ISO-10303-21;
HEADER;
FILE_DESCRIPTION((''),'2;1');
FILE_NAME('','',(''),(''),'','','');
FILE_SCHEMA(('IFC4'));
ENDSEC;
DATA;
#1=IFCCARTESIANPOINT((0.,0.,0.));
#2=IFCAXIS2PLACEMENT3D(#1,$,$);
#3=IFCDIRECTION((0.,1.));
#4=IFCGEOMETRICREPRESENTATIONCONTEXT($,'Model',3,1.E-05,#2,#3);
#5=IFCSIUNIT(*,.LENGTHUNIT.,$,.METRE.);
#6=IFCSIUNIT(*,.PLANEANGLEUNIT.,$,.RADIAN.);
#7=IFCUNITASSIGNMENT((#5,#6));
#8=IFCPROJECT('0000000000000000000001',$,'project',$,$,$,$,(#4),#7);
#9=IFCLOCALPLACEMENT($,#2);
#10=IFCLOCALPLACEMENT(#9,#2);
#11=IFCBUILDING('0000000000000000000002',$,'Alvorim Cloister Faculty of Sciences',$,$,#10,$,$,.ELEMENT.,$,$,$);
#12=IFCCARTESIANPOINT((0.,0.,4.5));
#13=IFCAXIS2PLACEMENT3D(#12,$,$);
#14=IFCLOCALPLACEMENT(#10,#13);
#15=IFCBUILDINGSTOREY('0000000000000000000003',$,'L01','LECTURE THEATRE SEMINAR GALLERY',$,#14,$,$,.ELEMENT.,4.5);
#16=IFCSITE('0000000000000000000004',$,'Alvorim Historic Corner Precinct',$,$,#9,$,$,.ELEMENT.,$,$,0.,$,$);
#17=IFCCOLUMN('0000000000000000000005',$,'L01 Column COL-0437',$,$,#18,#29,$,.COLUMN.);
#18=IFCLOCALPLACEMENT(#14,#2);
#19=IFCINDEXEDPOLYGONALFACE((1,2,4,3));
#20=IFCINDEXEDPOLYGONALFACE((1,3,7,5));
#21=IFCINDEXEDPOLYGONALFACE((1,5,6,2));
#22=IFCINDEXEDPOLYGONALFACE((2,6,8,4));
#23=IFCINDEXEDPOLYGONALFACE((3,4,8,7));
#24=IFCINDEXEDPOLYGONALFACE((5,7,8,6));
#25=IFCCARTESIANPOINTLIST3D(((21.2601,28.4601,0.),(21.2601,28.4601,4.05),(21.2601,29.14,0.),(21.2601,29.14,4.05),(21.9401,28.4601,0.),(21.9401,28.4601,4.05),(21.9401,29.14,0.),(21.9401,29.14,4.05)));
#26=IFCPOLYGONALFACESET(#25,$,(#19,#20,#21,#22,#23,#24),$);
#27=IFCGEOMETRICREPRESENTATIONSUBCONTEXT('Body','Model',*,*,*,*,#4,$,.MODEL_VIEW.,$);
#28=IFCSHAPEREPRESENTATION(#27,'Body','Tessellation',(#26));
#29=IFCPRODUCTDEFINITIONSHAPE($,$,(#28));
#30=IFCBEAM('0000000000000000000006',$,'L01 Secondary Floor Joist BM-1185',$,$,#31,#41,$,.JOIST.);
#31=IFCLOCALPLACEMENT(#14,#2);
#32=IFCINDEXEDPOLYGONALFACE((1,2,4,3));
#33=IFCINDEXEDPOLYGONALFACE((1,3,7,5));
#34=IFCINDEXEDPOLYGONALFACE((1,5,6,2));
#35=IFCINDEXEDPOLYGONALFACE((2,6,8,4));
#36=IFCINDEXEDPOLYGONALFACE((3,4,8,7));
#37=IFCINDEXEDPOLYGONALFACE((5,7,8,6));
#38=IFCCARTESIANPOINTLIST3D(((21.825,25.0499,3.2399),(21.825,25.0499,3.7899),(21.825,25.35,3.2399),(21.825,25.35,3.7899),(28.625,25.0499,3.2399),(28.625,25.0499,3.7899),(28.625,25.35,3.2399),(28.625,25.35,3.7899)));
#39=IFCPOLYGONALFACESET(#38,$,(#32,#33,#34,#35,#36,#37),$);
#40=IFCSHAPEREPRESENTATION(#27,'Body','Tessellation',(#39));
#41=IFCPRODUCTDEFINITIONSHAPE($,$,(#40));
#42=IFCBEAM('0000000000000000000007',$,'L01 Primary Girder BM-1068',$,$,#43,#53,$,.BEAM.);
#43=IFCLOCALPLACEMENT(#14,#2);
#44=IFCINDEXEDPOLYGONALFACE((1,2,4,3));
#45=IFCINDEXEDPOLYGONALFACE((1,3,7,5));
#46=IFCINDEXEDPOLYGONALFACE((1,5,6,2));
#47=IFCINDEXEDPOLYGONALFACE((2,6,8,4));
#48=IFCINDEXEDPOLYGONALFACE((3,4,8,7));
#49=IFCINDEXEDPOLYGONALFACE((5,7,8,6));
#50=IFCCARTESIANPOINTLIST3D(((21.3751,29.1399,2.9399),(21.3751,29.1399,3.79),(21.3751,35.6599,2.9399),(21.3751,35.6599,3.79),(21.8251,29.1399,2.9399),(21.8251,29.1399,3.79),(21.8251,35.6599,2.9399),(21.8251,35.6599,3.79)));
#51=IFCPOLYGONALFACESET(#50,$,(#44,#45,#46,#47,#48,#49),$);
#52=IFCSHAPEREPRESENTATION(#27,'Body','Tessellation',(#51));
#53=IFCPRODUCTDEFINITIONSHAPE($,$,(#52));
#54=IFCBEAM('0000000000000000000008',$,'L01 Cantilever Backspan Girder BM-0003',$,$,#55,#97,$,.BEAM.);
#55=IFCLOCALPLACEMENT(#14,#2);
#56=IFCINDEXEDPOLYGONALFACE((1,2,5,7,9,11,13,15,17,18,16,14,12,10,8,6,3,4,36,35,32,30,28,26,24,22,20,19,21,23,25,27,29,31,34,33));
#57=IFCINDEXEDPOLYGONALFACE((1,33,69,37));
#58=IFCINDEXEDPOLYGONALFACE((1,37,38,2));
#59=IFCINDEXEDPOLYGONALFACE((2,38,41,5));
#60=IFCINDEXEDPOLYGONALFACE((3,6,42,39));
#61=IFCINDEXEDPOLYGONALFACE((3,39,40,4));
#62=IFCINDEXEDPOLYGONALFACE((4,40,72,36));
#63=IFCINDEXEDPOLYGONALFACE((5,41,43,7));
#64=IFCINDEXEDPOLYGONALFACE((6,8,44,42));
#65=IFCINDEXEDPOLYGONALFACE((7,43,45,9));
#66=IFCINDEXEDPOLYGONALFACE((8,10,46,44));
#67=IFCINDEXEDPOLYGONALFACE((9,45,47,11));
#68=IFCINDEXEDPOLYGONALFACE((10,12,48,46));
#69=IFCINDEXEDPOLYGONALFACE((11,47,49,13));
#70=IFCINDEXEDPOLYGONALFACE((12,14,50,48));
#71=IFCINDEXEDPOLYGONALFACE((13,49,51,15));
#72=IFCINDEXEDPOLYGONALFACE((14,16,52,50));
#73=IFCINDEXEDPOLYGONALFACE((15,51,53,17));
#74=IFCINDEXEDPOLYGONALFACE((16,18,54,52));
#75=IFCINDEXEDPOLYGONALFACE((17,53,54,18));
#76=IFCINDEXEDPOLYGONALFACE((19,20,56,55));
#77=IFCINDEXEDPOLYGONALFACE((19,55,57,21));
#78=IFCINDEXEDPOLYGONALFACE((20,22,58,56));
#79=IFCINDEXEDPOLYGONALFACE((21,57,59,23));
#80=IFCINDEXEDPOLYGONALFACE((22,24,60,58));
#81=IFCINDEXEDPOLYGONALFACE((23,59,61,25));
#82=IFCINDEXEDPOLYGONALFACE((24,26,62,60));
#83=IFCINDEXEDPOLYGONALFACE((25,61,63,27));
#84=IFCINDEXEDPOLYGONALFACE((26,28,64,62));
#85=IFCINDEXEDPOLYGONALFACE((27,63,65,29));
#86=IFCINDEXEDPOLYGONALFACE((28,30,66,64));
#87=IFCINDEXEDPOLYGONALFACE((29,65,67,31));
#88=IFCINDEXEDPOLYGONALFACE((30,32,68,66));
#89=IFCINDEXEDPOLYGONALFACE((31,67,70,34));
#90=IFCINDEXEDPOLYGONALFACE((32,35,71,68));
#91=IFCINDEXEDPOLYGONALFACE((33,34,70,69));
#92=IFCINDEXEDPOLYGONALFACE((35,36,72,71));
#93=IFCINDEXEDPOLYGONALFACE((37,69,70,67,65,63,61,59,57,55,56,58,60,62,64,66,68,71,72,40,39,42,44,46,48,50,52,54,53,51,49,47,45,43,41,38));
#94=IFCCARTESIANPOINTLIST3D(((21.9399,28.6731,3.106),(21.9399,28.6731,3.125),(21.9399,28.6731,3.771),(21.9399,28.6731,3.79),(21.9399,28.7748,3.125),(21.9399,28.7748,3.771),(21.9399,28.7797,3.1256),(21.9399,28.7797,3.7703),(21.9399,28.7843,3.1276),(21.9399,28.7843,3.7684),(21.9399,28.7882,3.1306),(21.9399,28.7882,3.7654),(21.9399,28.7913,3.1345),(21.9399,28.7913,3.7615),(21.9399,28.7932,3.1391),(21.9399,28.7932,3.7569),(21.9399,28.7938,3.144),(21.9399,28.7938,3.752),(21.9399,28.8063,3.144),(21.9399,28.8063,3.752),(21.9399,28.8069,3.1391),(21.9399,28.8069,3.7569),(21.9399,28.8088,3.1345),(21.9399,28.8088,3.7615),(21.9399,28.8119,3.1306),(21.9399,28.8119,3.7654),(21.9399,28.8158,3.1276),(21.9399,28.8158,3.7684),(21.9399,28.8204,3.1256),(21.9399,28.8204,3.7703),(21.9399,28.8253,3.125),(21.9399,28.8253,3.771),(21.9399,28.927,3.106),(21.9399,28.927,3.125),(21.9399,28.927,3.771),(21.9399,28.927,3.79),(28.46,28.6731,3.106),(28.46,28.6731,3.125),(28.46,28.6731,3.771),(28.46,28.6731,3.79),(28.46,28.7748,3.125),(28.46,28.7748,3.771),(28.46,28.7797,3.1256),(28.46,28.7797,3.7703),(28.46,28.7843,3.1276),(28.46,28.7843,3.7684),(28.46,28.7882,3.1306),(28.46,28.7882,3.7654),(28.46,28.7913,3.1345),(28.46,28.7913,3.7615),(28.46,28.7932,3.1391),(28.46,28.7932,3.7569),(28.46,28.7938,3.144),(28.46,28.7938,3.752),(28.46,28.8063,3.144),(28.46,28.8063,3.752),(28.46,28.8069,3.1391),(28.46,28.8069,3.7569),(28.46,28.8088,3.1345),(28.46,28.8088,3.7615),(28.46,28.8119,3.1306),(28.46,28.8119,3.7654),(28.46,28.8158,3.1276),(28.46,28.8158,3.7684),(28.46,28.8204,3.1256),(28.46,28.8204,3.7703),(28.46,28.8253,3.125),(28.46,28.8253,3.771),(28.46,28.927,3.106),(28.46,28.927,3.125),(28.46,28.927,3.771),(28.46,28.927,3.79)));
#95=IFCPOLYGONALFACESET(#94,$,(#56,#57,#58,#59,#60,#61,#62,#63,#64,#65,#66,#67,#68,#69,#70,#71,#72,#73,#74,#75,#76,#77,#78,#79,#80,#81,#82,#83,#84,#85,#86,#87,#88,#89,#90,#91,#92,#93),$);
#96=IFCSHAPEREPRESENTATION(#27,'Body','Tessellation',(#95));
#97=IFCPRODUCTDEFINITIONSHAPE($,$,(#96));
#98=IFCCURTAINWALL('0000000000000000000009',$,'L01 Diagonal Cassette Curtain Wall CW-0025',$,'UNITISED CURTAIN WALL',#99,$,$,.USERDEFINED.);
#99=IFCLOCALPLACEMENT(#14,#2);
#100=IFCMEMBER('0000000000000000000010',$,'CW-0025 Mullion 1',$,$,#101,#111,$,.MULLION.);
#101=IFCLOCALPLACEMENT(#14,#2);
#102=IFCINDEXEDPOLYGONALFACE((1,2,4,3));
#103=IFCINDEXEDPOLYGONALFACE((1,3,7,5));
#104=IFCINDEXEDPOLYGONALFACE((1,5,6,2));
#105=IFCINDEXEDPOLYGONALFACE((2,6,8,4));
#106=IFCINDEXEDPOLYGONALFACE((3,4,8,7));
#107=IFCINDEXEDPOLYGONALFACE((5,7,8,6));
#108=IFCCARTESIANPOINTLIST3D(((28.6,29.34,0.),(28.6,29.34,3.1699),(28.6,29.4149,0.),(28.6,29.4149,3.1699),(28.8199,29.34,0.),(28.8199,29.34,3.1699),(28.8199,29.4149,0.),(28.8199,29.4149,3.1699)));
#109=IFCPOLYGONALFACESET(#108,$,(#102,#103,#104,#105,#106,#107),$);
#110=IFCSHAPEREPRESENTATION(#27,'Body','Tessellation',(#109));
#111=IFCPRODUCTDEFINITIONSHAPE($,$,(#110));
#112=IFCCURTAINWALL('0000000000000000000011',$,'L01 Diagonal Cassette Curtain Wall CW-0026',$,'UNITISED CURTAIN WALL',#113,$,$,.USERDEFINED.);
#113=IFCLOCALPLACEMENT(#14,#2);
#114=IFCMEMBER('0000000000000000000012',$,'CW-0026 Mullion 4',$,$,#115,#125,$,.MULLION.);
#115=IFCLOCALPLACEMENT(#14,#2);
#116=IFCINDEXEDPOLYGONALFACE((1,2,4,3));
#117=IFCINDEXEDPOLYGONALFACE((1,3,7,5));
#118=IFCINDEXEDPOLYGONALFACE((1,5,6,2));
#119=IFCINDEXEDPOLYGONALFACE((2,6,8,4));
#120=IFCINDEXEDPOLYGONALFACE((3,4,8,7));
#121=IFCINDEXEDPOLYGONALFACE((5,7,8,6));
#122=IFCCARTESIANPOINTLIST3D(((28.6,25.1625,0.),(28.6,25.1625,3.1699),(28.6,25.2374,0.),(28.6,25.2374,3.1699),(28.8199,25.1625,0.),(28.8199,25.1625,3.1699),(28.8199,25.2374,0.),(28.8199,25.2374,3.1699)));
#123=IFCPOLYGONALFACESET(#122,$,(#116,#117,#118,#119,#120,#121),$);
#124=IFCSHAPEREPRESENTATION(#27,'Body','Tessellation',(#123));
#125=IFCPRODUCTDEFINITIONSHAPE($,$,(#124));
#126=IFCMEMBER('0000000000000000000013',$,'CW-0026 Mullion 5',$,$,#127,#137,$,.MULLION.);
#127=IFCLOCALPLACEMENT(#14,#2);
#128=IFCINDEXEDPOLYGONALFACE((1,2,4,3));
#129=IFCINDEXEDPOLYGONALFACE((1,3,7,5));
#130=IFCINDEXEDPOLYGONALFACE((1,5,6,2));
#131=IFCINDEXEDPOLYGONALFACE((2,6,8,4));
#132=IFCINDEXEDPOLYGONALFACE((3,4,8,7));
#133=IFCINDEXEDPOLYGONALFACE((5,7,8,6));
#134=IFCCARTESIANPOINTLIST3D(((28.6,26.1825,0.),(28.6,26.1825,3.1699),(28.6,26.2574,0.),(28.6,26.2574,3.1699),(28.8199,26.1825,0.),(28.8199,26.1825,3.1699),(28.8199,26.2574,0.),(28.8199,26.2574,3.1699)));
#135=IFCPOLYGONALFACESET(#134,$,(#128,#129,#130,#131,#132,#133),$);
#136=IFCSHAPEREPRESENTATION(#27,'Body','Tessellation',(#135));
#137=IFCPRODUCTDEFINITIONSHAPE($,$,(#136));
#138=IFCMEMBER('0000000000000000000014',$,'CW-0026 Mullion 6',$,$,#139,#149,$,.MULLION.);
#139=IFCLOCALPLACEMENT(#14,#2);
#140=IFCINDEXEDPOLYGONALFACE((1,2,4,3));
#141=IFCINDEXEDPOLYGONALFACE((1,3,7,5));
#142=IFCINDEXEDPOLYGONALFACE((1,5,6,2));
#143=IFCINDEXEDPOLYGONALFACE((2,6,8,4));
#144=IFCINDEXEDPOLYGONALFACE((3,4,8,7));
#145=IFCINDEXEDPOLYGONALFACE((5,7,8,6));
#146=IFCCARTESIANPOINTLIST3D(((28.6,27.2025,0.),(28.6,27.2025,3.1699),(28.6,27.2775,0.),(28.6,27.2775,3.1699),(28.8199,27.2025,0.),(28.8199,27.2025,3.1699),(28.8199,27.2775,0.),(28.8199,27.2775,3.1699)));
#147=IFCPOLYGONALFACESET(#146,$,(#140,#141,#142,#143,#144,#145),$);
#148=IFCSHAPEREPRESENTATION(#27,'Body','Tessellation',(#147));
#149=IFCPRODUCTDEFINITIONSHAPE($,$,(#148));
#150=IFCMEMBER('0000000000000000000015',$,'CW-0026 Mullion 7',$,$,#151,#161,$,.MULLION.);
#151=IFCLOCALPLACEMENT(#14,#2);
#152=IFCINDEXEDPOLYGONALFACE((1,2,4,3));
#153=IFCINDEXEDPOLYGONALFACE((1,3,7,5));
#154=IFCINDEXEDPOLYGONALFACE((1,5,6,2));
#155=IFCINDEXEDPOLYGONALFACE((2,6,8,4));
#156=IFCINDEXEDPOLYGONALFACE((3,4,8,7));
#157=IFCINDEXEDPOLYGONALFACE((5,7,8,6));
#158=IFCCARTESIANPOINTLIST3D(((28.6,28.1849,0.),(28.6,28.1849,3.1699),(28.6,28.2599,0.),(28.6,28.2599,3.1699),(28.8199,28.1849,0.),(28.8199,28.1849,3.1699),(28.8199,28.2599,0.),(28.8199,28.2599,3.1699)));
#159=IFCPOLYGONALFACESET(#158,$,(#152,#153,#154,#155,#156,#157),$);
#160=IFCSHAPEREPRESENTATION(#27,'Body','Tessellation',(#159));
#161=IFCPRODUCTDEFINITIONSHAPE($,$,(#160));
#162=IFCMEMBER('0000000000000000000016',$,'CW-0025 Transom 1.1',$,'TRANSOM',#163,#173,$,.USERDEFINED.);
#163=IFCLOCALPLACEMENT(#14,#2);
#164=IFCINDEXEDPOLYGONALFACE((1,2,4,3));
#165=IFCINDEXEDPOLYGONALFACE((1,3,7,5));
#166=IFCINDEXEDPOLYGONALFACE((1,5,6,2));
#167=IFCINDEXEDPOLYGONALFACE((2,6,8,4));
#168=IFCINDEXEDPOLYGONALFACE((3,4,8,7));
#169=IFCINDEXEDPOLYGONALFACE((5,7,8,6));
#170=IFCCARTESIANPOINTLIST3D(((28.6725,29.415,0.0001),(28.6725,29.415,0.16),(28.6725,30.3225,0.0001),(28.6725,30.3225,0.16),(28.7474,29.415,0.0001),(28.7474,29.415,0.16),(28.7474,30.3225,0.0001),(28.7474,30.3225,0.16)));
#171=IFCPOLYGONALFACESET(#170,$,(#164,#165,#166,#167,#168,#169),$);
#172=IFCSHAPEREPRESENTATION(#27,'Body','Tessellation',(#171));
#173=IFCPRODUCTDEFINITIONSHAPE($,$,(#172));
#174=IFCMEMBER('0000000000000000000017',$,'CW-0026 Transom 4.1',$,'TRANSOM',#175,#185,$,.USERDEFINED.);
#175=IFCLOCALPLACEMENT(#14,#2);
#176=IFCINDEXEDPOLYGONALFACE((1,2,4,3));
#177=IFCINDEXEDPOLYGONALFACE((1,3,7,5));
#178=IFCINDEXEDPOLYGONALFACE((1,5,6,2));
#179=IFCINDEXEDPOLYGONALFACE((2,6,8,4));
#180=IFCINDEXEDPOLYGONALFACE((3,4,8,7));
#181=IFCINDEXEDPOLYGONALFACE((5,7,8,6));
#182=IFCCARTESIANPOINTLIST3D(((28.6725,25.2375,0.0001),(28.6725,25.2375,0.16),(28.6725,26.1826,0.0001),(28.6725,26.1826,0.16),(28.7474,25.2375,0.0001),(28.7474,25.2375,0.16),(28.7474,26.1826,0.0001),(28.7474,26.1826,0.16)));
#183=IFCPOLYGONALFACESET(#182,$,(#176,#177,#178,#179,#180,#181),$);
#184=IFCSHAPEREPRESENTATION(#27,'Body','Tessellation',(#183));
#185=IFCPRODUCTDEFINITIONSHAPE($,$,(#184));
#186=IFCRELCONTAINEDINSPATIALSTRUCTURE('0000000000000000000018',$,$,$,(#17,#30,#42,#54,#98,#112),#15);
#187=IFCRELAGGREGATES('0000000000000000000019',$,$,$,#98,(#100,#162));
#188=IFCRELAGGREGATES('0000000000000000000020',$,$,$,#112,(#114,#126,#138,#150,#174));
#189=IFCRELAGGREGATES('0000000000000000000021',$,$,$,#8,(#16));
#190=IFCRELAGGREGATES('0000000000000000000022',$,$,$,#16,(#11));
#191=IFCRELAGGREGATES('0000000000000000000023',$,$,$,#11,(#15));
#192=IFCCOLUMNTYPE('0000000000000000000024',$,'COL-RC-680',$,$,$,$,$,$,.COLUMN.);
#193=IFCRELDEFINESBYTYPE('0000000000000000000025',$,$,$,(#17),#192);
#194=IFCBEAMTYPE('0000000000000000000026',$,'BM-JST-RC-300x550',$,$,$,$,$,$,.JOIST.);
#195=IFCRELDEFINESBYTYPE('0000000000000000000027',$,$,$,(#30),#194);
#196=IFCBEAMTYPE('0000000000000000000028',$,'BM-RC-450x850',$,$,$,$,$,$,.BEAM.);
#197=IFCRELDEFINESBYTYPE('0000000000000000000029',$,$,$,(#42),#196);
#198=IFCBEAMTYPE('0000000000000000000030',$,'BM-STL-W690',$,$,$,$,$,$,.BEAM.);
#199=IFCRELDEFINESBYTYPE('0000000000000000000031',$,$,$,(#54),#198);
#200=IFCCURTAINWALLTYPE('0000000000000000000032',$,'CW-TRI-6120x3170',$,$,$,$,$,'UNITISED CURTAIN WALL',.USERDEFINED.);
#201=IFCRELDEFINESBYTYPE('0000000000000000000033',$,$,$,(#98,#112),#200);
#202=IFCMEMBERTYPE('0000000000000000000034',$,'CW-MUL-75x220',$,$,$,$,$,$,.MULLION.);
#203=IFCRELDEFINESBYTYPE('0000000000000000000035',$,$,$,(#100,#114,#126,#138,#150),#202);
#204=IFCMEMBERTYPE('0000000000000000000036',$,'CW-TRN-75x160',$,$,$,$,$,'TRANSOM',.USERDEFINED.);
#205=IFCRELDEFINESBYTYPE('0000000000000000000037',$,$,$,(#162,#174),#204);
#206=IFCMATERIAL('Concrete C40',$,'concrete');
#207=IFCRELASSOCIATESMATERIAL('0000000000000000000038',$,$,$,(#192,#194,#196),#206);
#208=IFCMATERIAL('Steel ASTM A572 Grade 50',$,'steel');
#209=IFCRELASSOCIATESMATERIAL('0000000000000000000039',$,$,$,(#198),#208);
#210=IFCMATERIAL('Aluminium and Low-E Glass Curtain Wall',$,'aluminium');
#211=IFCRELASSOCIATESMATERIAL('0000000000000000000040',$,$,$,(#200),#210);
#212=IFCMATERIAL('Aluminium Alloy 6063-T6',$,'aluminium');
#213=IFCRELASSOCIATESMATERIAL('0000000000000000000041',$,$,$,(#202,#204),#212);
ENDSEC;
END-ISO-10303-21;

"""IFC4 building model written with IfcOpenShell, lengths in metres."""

from ifc_helpers import new_model, si_unit, direction, frame, origin, origin_2d, place, context, subcontext, project, spatial, rectangle, i_section, extrude, material, material_profile, profile_set, type_object, element, aggregate, save


model = new_model("IFC4")

# Units and contexts
model_context = context("Model", 3, precision=1e-05, world=origin(), true_north=direction((0.0, 1.0)))
body_context = subcontext(model_context, "Body", "Model", "MODEL_VIEW")
ifc_project = project(units=[si_unit("LENGTHUNIT", "METRE"), si_unit("PLANEANGLEUNIT", "RADIAN")], contexts=[model_context])

# Site, building, storey
site_placement = place(None, origin())
site = spatial("IfcSite", under=ifc_project, at=site_placement, Name="Alvorim Historic Corner Precinct", CompositionType="ELEMENT", RefElevation=0.0)
building_placement = place(site_placement, origin())
building = spatial("IfcBuilding", under=site, at=building_placement, Name="Alvorim Cloister Faculty of Sciences", CompositionType="ELEMENT")
storey_placement = place(building_placement, frame((0.0, 0.0, 4.5)))
storey = spatial("IfcBuildingStorey", under=building, at=storey_placement, Name="L01", Description="LECTURE THEATRE SEMINAR GALLERY", CompositionType="ELEMENT", Elevation=4.5)

# Column
ifc_material_1 = material(Name="Concrete C40", Category="concrete")
ifc_material_profile_1 = material_profile(ifc_material_1, rectangle(XDim=0.6799, YDim=0.6799, at=origin_2d()), Name="RC40-COL-680x680")
ifc_profile_set_1 = profile_set([ifc_material_profile_1], Name="Concrete C40")
column_type = type_object("IfcColumnType", Name="COL-RC-680", PredefinedType="COLUMN", material=ifc_profile_set_1)
column_placement = place(storey_placement, frame((21.6001, 28.8, 0.0), z_axis=(0.0, 0.0, 1.0), x_axis=(1.0, 0.0, 0.0)))
element("IfcColumn", 1, at=column_placement, inside=storey, type_object=column_type, Name="L01 Column COL-0437", PredefinedType="COLUMN", context=body_context, shape_type="SweptSolid", body=[
    extrude(rectangle(XDim=0.6799, YDim=0.6799, at=origin_2d()), origin(), (0.0, 0.0, 1.0), 4.05),
])

# Beams
ifc_material_profile_2 = material_profile(ifc_material_1, rectangle(XDim=0.3, YDim=0.55, at=origin_2d()), Name="RC40-JST-300x550")
ifc_profile_set_2 = profile_set([ifc_material_profile_2], Name="Concrete C40")
beam_type_1 = type_object("IfcBeamType", Name="BM-JST-RC-300x550", PredefinedType="JOIST", material=ifc_profile_set_2)
beam_1_placement = place(storey_placement, frame((21.825, 25.2, 3.5149), z_axis=(1.0, 0.0, 0.0), x_axis=(0.0, 1.0, 0.0)))
element("IfcBeam", 2, at=beam_1_placement, inside=storey, type_object=beam_type_1, Name="L01 Secondary Floor Joist BM-1185", PredefinedType="JOIST", context=body_context, shape_type="SweptSolid", body=[
    extrude(rectangle(XDim=0.3, YDim=0.55, at=origin_2d()), origin(), (0.0, 0.0, 1.0), 6.8),
])
ifc_material_profile_3 = material_profile(ifc_material_1, rectangle(XDim=0.45, YDim=0.8501, at=origin_2d()), Name="RC40-BM-450x850")
ifc_profile_set_3 = profile_set([ifc_material_profile_3], Name="Concrete C40")
beam_type_2 = type_object("IfcBeamType", Name="BM-RC-450x850", PredefinedType="BEAM", material=ifc_profile_set_3)
beam_2_placement = place(storey_placement, frame((21.6001, 29.1399, 3.365), z_axis=(0.0, 1.0, 0.0), x_axis=(-1.0, 0.0, 0.0)))
element("IfcBeam", 3, at=beam_2_placement, inside=storey, type_object=beam_type_2, Name="L01 Primary Girder BM-1068", PredefinedType="BEAM", context=body_context, shape_type="SweptSolid", body=[
    extrude(rectangle(XDim=0.45, YDim=0.8501, at=origin_2d()), origin(), (0.0, 0.0, 1.0), 6.52),
])
ifc_material_2 = material(Name="Steel ASTM A572 Grade 50", Category="steel")
ifc_material_profile_4 = material_profile(ifc_material_2, i_section(OverallWidth=0.2539, OverallDepth=0.6841, WebThickness=0.0125, FlangeThickness=0.019, FilletRadius=0.019, at=origin_2d()), Name="W690x140.0")
ifc_profile_set_4 = profile_set([ifc_material_profile_4], Name="Steel ASTM A572 Grade 50")
beam_type_3 = type_object("IfcBeamType", Name="BM-STL-W690", PredefinedType="BEAM", material=ifc_profile_set_4)
beam_3_placement = place(storey_placement, frame((21.9399, 28.8, 3.448), z_axis=(1.0, 0.0, 0.0), x_axis=(0.0, 1.0, 0.0)))
element("IfcBeam", 4, at=beam_3_placement, inside=storey, type_object=beam_type_3, Name="L01 Cantilever Backspan Girder BM-0003", PredefinedType="BEAM", context=body_context, shape_type="SweptSolid", body=[
    extrude(i_section(OverallWidth=0.2539, OverallDepth=0.6841, WebThickness=0.0125, FlangeThickness=0.019, FilletRadius=0.019, at=origin_2d()), origin(), (0.0, 0.0, 1.0), 6.52),
])

# Curtain wall, member
ifc_material_3 = material(Name="Aluminium and Low-E Glass Curtain Wall", Category="aluminium")
curtain_wall_type = type_object("IfcCurtainWallType", Name="CW-TRI-6120x3170", ElementType="UNITISED CURTAIN WALL", PredefinedType="USERDEFINED", material=ifc_material_3)
curtain_wall_1_placement = place(storey_placement, origin())
curtain_wall_1 = element("IfcCurtainWall", 5, at=curtain_wall_1_placement, inside=storey, type_object=curtain_wall_type, Name="L01 Diagonal Cassette Curtain Wall CW-0025", ObjectType="UNITISED CURTAIN WALL", PredefinedType="USERDEFINED")
ifc_material_4 = material(Name="Aluminium Alloy 6063-T6", Category="aluminium")
ifc_material_profile_5 = material_profile(ifc_material_4, rectangle(XDim=0.075, YDim=0.22, at=origin_2d()), Name="ALU-MUL-75x220")
ifc_profile_set_5 = profile_set([ifc_material_profile_5], Name="Aluminium Alloy 6063-T6")
member_type_1 = type_object("IfcMemberType", Name="CW-MUL-75x220", PredefinedType="MULLION", material=ifc_profile_set_5)
member_1_placement = place(storey_placement, frame((28.71, 29.3774, 0.0), z_axis=(0.0, 0.0, 1.0), x_axis=(0.0, 1.0, 0.0)))
member_1 = element("IfcMember", 6, at=member_1_placement, type_object=member_type_1, Name="CW-0025 Mullion 1", PredefinedType="MULLION", context=body_context, shape_type="SweptSolid", body=[
    extrude(rectangle(XDim=0.075, YDim=0.22, at=origin_2d()), origin(), (0.0, 0.0, 1.0), 3.1699),
])

# Curtain wall, members
curtain_wall_2_placement = place(storey_placement, origin())
curtain_wall_2 = element("IfcCurtainWall", 7, at=curtain_wall_2_placement, inside=storey, type_object=curtain_wall_type, Name="L01 Diagonal Cassette Curtain Wall CW-0026", ObjectType="UNITISED CURTAIN WALL", PredefinedType="USERDEFINED")
member_2_placement = place(storey_placement, frame((28.71, 25.2, 0.0), z_axis=(0.0, 0.0, 1.0), x_axis=(0.0, 1.0, 0.0)))
member_2 = element("IfcMember", 8, at=member_2_placement, type_object=member_type_1, Name="CW-0026 Mullion 4", PredefinedType="MULLION", context=body_context, shape_type="SweptSolid", body=[
    extrude(rectangle(XDim=0.075, YDim=0.22, at=origin_2d()), origin(), (0.0, 0.0, 1.0), 3.1699),
])
member_3_placement = place(storey_placement, frame((28.71, 26.22, 0.0), z_axis=(0.0, 0.0, 1.0), x_axis=(0.0, 1.0, 0.0)))
member_3 = element("IfcMember", 9, at=member_3_placement, type_object=member_type_1, Name="CW-0026 Mullion 5", PredefinedType="MULLION", context=body_context, shape_type="SweptSolid", body=[
    extrude(rectangle(XDim=0.075, YDim=0.22, at=origin_2d()), origin(), (0.0, 0.0, 1.0), 3.1699),
])
member_4_placement = place(storey_placement, frame((28.71, 27.24, 0.0), z_axis=(0.0, 0.0, 1.0), x_axis=(0.0, 1.0, 0.0)))
member_4 = element("IfcMember", 10, at=member_4_placement, type_object=member_type_1, Name="CW-0026 Mullion 6", PredefinedType="MULLION", context=body_context, shape_type="SweptSolid", body=[
    extrude(rectangle(XDim=0.075, YDim=0.22, at=origin_2d()), origin(), (0.0, 0.0, 1.0), 3.1699),
])
member_5_placement = place(storey_placement, frame((28.71, 28.2224, 0.0), z_axis=(0.0, 0.0, 1.0), x_axis=(0.0, 1.0, 0.0)))
member_5 = element("IfcMember", 11, at=member_5_placement, type_object=member_type_1, Name="CW-0026 Mullion 7", PredefinedType="MULLION", context=body_context, shape_type="SweptSolid", body=[
    extrude(rectangle(XDim=0.075, YDim=0.22, at=origin_2d()), origin(), (0.0, 0.0, 1.0), 3.1699),
])

# Members
ifc_material_profile_6 = material_profile(ifc_material_4, rectangle(XDim=0.075, YDim=0.1599, at=origin_2d()), Name="ALU-TRN-75x160")
ifc_profile_set_6 = profile_set([ifc_material_profile_6], Name="Aluminium Alloy 6063-T6")
member_type_2 = type_object("IfcMemberType", Name="CW-TRN-75x160", ElementType="TRANSOM", PredefinedType="USERDEFINED", material=ifc_profile_set_6)
member_6_placement = place(storey_placement, frame((28.71, 29.415, 0.0801), z_axis=(0.0, 1.0, 0.0), x_axis=(-1.0, 0.0, 0.0)))
member_6 = element("IfcMember", 12, at=member_6_placement, type_object=member_type_2, Name="CW-0025 Transom 1.1", ObjectType="TRANSOM", PredefinedType="USERDEFINED", context=body_context, shape_type="SweptSolid", body=[
    extrude(rectangle(XDim=0.075, YDim=0.1599, at=origin_2d()), origin(), (0.0, 0.0, 1.0), 0.9075),
])
aggregate(curtain_wall_1, [member_1, member_6])
member_7_placement = place(storey_placement, frame((28.71, 25.2375, 0.0801), z_axis=(0.0, 1.0, 0.0), x_axis=(-1.0, 0.0, 0.0)))
member_7 = element("IfcMember", 13, at=member_7_placement, type_object=member_type_2, Name="CW-0026 Transom 4.1", ObjectType="TRANSOM", PredefinedType="USERDEFINED", context=body_context, shape_type="SweptSolid", body=[
    extrude(rectangle(XDim=0.075, YDim=0.1599, at=origin_2d()), origin(), (0.0, 0.0, 1.0), 0.9451),
])
aggregate(curtain_wall_2, [member_2, member_3, member_4, member_5, member_7])

save(model, "model.ifc")
